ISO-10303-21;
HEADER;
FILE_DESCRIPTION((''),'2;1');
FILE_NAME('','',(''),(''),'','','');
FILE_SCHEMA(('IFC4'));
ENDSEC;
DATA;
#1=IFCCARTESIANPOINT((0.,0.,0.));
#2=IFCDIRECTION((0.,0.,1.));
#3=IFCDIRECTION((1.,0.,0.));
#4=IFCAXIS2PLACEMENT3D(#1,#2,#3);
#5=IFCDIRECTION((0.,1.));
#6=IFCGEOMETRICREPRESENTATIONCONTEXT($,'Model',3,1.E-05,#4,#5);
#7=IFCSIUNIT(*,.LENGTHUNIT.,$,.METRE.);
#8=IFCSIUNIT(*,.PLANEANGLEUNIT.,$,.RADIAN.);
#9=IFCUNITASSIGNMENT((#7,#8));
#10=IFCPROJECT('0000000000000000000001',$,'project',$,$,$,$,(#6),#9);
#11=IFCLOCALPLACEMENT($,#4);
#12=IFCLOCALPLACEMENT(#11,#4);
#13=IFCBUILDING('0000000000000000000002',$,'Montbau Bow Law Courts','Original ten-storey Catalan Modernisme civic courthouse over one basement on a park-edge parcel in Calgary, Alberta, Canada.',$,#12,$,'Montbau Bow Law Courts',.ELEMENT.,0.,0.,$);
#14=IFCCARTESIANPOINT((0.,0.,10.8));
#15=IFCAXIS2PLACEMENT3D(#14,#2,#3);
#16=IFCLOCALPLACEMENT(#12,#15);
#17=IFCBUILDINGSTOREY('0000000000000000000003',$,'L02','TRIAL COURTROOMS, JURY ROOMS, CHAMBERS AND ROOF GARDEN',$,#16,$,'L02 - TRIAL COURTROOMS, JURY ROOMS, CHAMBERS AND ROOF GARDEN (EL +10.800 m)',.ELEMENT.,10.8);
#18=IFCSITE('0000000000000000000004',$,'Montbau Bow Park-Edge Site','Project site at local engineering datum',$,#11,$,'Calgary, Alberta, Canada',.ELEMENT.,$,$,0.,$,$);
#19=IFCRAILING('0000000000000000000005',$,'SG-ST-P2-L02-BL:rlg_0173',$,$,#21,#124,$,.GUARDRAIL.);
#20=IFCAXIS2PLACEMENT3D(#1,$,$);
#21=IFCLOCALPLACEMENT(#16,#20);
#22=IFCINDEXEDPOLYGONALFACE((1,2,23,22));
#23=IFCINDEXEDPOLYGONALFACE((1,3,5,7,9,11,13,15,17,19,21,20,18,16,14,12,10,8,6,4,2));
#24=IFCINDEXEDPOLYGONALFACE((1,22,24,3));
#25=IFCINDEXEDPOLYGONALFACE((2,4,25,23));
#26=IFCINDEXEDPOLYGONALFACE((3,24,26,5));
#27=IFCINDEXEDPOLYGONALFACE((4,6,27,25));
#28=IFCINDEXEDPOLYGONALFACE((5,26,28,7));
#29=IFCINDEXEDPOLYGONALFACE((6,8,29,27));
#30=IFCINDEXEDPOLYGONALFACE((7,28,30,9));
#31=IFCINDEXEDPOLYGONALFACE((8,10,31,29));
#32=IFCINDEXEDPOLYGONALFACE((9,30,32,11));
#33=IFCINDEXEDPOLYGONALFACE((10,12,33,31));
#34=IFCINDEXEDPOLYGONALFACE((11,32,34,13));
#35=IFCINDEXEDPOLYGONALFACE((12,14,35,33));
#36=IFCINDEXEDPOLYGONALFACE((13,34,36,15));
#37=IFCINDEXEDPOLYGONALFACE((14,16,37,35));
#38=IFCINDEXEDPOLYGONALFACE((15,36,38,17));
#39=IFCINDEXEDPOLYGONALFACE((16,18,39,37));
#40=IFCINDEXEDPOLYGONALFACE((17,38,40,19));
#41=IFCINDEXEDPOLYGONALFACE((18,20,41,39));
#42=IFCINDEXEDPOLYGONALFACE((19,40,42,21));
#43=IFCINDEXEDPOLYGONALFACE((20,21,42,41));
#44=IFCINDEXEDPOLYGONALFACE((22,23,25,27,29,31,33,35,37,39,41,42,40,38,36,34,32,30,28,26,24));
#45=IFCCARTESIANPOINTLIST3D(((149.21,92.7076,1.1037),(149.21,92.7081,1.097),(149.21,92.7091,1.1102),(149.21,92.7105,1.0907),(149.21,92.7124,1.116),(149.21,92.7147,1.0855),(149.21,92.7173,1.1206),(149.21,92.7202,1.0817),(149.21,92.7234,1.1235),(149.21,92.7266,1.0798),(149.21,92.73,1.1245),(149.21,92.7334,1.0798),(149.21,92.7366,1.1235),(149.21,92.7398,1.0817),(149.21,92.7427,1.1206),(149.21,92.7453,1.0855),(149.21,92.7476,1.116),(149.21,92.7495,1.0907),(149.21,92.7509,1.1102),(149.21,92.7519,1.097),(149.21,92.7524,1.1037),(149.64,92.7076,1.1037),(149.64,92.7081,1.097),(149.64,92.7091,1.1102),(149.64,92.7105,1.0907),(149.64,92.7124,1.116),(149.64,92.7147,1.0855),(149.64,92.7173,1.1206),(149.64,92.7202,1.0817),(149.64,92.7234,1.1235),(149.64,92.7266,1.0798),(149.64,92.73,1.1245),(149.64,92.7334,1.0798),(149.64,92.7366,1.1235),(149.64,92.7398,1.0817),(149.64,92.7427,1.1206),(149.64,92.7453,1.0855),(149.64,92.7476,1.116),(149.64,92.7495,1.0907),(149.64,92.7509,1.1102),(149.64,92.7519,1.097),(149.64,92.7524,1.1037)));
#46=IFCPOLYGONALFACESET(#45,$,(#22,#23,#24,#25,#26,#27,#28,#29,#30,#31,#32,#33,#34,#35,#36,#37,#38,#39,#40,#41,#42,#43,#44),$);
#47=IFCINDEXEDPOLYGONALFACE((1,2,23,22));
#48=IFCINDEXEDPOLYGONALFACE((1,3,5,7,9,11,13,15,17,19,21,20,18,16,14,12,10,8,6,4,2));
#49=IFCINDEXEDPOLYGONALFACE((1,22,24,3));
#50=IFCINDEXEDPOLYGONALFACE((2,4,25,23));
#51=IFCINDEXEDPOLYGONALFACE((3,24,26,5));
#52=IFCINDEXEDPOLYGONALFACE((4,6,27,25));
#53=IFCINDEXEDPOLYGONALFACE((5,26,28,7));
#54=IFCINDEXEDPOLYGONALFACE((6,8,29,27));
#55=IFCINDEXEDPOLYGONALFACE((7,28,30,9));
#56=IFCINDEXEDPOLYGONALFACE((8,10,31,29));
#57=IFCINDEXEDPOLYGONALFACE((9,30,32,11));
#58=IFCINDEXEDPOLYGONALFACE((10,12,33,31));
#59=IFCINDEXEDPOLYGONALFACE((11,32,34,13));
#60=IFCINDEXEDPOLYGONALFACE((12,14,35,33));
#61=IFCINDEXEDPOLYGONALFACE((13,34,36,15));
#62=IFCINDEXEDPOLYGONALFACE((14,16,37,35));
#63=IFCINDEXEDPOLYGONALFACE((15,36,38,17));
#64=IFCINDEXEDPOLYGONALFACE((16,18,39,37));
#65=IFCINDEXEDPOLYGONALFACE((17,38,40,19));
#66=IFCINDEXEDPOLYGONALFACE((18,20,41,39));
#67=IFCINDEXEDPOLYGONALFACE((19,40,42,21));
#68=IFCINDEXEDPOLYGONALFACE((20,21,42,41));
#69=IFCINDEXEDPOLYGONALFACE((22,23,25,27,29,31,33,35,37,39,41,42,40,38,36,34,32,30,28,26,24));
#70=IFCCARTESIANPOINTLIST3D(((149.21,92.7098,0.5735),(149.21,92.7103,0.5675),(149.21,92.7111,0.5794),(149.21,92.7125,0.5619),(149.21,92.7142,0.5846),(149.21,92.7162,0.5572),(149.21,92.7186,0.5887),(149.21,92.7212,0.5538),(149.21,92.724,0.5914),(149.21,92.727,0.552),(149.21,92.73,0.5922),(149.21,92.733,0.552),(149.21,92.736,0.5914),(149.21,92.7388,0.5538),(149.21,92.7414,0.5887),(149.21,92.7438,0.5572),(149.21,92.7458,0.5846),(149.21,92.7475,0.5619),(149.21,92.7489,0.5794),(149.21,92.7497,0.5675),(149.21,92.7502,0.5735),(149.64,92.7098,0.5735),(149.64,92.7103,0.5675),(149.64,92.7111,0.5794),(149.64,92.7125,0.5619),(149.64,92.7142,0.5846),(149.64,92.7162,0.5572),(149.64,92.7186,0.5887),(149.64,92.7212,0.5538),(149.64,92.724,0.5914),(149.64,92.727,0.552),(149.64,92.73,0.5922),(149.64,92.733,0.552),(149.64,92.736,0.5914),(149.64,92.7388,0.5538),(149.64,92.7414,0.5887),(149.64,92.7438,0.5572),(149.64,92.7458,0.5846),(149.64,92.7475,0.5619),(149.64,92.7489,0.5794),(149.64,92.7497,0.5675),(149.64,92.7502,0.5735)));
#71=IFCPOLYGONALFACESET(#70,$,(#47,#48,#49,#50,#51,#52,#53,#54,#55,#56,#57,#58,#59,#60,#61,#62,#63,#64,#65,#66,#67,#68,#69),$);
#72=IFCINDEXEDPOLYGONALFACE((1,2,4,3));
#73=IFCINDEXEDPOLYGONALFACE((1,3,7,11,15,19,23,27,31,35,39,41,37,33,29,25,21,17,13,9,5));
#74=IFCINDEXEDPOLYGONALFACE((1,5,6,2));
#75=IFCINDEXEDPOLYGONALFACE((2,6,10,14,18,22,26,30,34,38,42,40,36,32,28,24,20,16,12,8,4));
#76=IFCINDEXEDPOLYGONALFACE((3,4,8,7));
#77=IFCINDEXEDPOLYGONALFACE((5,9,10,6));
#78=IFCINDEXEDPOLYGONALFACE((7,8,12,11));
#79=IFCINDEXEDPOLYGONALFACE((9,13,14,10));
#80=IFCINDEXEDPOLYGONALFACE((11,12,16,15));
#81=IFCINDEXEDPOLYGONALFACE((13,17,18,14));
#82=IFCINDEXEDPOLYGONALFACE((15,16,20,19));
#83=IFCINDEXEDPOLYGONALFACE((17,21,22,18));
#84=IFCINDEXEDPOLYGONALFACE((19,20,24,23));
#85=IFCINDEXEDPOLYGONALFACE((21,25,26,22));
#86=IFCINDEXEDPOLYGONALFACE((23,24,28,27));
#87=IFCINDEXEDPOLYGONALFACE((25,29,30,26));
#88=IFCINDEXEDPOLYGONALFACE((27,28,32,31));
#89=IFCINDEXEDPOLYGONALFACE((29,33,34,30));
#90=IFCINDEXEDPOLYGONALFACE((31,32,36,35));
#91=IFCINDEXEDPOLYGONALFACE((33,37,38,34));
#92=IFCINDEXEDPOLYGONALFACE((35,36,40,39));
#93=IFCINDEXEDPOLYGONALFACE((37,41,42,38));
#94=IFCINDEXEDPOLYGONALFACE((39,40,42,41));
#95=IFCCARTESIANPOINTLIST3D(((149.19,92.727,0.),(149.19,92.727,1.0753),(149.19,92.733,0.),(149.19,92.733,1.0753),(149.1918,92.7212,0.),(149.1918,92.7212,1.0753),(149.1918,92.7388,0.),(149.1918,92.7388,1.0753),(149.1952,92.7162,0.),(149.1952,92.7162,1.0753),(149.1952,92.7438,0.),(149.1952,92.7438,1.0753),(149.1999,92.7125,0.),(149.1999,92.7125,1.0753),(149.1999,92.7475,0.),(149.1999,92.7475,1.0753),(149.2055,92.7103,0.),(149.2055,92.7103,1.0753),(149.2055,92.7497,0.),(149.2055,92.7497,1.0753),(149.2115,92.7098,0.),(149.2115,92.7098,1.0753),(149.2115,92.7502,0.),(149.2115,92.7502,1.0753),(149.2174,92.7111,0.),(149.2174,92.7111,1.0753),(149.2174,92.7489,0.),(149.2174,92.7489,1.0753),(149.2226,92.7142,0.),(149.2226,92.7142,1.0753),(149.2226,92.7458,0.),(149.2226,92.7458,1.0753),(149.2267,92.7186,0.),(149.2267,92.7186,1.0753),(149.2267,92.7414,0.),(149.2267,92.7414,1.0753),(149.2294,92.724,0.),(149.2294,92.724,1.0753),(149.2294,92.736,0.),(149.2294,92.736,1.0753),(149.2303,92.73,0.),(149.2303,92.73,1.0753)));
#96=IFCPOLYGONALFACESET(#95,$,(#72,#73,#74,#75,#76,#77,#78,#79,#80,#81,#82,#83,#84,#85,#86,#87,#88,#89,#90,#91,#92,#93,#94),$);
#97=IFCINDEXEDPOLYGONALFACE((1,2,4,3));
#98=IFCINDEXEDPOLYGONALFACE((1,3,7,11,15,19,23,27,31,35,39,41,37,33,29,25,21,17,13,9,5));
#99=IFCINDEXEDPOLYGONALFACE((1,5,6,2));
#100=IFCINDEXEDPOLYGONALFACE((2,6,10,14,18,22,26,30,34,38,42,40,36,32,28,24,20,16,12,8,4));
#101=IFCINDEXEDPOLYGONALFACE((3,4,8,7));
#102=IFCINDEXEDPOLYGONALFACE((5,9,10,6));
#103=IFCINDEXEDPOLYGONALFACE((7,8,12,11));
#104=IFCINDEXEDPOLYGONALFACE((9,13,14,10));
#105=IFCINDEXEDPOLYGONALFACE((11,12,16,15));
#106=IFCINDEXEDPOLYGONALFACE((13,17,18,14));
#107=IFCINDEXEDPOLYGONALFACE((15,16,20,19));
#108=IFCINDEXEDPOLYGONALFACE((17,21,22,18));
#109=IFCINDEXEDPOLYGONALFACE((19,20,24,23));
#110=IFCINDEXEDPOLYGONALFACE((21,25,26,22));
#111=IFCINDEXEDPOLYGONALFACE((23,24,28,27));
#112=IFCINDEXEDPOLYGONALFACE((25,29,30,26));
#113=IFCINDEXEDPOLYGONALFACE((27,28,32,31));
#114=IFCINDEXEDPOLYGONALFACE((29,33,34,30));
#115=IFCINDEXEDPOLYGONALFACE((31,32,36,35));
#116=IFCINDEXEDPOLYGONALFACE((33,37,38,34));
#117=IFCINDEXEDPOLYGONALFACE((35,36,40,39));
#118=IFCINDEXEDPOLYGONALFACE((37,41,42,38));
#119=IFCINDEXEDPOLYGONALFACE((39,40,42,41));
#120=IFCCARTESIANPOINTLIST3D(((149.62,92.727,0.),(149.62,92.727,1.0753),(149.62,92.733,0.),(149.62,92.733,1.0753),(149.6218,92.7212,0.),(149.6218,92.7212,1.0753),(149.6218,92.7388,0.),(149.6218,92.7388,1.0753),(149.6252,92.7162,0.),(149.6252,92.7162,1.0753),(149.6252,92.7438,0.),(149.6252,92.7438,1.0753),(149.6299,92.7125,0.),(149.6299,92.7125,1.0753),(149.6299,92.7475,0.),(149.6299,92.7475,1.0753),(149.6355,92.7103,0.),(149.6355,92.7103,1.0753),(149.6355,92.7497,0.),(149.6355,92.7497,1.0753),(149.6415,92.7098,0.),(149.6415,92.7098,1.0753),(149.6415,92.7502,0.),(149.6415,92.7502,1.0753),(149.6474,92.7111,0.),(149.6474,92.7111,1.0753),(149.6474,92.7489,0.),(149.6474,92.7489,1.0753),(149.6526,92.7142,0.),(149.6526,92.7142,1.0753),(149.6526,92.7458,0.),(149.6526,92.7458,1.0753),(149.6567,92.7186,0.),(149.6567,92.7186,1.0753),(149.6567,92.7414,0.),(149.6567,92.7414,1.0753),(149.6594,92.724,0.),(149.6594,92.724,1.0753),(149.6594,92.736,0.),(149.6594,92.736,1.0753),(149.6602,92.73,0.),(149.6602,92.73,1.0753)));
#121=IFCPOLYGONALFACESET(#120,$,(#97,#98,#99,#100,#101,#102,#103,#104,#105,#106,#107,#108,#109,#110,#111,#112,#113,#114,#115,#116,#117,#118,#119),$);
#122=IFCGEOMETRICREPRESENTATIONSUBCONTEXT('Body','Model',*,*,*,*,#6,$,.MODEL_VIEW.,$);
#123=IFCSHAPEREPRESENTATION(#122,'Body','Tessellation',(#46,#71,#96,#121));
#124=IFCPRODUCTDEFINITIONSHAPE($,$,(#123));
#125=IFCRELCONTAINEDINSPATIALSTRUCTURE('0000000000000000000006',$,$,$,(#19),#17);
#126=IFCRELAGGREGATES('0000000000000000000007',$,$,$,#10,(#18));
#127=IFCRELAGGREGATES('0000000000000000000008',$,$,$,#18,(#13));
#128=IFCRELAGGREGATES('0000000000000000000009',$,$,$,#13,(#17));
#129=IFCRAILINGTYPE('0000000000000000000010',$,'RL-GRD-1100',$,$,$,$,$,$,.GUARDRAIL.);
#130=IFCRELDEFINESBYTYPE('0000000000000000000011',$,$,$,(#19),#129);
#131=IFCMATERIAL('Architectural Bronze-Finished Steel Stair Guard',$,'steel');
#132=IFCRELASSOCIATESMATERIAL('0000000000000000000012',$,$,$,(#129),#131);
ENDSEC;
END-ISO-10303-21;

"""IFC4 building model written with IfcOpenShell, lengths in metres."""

from ifc_helpers import new_model, si_unit, direction, frame, origin_with_axes, origin_2d_with_axis, place, context, subcontext, project, spatial, circle, extrude, material, type_object, element, save


model = new_model("IFC4")

# Units and contexts
model_context = context("Model", 3, precision=1e-05, world=origin_with_axes(), true_north=direction((0.0, 1.0)))
body_context = subcontext(model_context, "Body", "Model", "MODEL_VIEW")
ifc_project = project(units=[si_unit("LENGTHUNIT", "METRE"), si_unit("PLANEANGLEUNIT", "RADIAN")], contexts=[model_context])

# Site, building, storey
site_placement = place(None, origin_with_axes())
site = spatial("IfcSite", under=ifc_project, at=site_placement, Name="Montbau Bow Park-Edge Site", Description="Project site at local engineering datum", LongName="Calgary, Alberta, Canada", CompositionType="ELEMENT", RefElevation=0.0)
building_placement = place(site_placement, origin_with_axes())
building = spatial("IfcBuilding", under=site, at=building_placement, Name="Montbau Bow Law Courts", Description="Original ten-storey Catalan Modernisme civic courthouse over one basement on a park-edge parcel in Calgary, Alberta, Canada.", LongName="Montbau Bow Law Courts", CompositionType="ELEMENT", ElevationOfRefHeight=0.0, ElevationOfTerrain=0.0)
storey_placement = place(building_placement, frame((0.0, 0.0, 10.8), z_axis=(0.0, 0.0, 1.0), x_axis=(1.0, 0.0, 0.0)))
storey = spatial("IfcBuildingStorey", under=building, at=storey_placement, Name="L02", Description="TRIAL COURTROOMS, JURY ROOMS, CHAMBERS AND ROOF GARDEN", LongName="L02 - TRIAL COURTROOMS, JURY ROOMS, CHAMBERS AND ROOF GARDEN (EL +10.800 m)", CompositionType="ELEMENT", Elevation=10.8)

# Railing
ifc_material_1 = material(Name="Architectural Bronze-Finished Steel Stair Guard", Category="steel")
railing_type_1 = type_object("IfcRailingType", Name="RL-GRD-1100", PredefinedType="GUARDRAIL", material=ifc_material_1)
railing_1_placement = place(None, origin_with_axes())
element("IfcRailing", 1, at=railing_1_placement, inside=storey, type_object=railing_type_1, Name="SG-ST-P2-L02-BL:rlg_0173", PredefinedType="GUARDRAIL", context=body_context, shape_type="SweptSolid", body=[
    extrude(circle(Radius=0.0225, at=origin_2d_with_axis()), frame((149.21, 92.73, 11.902), z_axis=(1.0, 0.0, 0.0), x_axis=(0.0, 0.0, 1.0)), (0.0, 0.0, 1.0), 0.43),
    extrude(circle(Radius=0.0203, at=origin_2d_with_axis()), frame((149.21, 92.73, 11.372), z_axis=(1.0, 0.0, 0.0), x_axis=(0.0, 0.0, 1.0)), (0.0, 0.0, 1.0), 0.43),
    extrude(circle(Radius=0.0203, at=origin_2d_with_axis()), frame((149.21, 92.73, 10.8), z_axis=(0.0, 0.0, 1.0), x_axis=(1.0, 0.0, 0.0)), (0.0, 0.0, 1.0), 1.0753),
    extrude(circle(Radius=0.0203, at=origin_2d_with_axis()), frame((149.64, 92.73, 10.8), z_axis=(0.0, 0.0, 1.0), x_axis=(1.0, 0.0, 0.0)), (0.0, 0.0, 1.0), 1.0753),
])

save(model, "model.ifc")
